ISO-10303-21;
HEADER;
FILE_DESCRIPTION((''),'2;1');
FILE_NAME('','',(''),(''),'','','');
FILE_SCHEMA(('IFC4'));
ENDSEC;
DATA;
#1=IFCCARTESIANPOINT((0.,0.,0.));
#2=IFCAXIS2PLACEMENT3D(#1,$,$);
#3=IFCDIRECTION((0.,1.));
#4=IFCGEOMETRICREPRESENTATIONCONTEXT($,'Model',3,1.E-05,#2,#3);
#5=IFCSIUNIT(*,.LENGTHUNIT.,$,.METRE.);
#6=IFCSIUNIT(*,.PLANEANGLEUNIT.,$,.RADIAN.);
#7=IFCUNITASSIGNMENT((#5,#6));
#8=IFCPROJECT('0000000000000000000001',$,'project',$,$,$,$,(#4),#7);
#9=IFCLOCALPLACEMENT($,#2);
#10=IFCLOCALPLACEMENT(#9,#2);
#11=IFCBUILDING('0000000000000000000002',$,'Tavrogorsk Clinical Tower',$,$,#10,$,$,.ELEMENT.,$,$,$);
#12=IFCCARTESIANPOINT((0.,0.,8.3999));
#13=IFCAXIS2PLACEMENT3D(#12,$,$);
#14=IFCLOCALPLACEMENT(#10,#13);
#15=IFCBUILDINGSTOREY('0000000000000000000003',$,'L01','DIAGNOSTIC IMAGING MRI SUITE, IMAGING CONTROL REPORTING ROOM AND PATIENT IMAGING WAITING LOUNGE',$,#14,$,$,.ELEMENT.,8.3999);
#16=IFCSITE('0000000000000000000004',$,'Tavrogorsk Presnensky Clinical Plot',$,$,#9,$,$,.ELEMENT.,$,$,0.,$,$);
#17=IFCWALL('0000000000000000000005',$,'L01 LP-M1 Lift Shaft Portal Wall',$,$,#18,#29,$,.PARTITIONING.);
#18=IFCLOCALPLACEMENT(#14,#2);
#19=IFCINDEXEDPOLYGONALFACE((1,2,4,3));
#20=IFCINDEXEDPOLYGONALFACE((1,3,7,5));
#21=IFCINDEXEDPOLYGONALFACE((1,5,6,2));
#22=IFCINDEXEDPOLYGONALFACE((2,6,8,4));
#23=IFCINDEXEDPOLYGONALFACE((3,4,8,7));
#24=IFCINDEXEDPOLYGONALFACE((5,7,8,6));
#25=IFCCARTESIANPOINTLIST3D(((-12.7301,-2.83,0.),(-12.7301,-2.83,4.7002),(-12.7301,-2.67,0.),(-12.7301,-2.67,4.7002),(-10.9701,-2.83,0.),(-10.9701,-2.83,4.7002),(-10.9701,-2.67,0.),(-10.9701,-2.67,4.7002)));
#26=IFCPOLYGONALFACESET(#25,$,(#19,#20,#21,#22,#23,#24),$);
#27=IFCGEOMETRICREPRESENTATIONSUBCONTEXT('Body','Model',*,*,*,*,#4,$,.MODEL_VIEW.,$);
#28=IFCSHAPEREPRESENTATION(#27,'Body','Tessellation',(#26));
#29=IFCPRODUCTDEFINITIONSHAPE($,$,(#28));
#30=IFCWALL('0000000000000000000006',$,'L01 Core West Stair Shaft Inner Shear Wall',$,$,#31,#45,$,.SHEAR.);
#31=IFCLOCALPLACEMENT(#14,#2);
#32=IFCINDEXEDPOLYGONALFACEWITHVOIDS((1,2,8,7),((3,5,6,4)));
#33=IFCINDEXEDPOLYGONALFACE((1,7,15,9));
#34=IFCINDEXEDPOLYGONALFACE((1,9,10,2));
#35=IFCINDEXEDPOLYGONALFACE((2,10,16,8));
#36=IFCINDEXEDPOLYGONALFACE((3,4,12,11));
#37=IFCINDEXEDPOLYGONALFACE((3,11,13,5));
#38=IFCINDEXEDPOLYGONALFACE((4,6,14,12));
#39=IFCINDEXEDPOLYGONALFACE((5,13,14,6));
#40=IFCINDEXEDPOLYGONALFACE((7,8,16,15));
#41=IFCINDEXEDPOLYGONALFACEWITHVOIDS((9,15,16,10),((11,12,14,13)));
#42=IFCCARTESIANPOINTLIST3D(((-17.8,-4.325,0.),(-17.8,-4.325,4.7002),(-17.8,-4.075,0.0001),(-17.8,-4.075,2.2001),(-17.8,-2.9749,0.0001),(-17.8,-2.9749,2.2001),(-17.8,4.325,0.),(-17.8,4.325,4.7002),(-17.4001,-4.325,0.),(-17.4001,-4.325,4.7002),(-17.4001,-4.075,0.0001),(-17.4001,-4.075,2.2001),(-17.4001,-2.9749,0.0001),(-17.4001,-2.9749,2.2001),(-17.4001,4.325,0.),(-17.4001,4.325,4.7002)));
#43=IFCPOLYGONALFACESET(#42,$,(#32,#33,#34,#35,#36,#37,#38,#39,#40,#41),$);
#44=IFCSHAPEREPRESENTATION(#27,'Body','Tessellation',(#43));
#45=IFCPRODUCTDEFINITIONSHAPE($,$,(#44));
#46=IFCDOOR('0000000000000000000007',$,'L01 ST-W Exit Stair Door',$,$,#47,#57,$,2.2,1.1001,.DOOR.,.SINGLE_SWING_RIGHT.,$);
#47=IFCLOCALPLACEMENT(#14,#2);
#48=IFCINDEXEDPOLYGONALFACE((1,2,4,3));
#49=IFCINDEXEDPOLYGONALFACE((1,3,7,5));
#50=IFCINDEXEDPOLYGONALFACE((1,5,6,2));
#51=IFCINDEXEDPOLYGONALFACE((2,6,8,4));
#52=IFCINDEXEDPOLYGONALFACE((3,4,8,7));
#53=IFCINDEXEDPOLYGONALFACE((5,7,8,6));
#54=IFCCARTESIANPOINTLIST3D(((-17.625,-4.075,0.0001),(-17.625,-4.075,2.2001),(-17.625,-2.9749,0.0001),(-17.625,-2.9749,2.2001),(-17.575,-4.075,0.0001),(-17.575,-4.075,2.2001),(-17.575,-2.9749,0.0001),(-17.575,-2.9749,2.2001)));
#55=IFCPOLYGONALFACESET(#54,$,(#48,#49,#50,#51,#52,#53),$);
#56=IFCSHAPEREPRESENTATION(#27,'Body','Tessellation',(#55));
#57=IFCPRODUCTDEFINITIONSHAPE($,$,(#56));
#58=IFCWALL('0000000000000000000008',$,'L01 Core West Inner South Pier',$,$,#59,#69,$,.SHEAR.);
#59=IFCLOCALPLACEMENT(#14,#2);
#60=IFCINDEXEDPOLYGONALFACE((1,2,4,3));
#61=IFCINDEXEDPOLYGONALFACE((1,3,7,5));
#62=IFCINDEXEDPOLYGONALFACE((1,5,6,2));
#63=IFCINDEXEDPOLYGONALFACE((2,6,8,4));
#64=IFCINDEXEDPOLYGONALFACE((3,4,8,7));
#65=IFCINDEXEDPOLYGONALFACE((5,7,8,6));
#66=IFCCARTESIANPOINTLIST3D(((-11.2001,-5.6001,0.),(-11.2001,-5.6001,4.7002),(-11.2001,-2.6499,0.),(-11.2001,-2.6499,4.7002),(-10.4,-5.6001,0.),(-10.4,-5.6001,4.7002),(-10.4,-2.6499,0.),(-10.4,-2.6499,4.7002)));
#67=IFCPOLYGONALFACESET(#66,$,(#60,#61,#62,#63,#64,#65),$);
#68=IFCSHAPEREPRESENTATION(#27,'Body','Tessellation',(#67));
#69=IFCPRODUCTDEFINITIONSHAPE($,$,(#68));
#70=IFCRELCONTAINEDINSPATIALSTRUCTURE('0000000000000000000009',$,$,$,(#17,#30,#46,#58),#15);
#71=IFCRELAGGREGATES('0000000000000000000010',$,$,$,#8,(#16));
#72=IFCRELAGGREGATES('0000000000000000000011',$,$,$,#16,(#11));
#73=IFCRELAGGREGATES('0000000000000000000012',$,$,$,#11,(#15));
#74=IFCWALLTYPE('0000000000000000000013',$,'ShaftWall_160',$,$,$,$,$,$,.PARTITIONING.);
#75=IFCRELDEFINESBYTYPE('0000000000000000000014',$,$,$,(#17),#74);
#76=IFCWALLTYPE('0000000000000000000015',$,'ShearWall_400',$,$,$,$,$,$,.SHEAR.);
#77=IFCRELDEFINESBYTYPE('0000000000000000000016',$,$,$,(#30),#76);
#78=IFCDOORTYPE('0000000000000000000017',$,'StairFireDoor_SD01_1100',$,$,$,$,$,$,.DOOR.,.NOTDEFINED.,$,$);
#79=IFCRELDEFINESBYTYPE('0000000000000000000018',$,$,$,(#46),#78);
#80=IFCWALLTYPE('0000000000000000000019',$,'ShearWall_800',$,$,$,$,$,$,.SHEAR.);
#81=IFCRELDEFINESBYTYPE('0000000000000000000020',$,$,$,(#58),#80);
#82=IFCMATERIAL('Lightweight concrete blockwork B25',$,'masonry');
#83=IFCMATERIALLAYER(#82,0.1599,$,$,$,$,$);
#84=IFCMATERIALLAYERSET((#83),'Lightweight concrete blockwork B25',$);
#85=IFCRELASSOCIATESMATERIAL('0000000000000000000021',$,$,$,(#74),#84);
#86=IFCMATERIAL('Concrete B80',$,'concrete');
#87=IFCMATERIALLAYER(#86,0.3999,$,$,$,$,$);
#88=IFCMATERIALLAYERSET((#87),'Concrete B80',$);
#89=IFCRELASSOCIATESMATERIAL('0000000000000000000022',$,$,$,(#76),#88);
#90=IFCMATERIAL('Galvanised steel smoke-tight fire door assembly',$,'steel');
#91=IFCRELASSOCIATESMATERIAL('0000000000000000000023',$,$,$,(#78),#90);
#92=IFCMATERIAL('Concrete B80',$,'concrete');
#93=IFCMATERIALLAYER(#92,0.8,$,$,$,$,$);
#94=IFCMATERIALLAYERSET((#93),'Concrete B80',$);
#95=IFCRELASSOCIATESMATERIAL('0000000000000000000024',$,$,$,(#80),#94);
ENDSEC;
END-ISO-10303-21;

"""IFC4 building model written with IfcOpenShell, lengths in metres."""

from ifc_helpers import new_model, si_unit, direction, frame, frame_2d, origin, place, context, subcontext, project, spatial, rectangle, extrude, material, layer, layer_set, type_object, element, fill, save


model = new_model("IFC4")

# Units and contexts
model_context = context("Model", 3, precision=1e-05, world=origin(), true_north=direction((0.0, 1.0)))
body_context = subcontext(model_context, "Body", "Model", "MODEL_VIEW")
ifc_project = project(units=[si_unit("LENGTHUNIT", "METRE"), si_unit("PLANEANGLEUNIT", "RADIAN")], contexts=[model_context])

# Site, building, storey
site_placement = place(None, origin())
site = spatial("IfcSite", under=ifc_project, at=site_placement, Name="Tavrogorsk Presnensky Clinical Plot", CompositionType="ELEMENT", RefElevation=0.0)
building_placement = place(site_placement, origin())
building = spatial("IfcBuilding", under=site, at=building_placement, Name="Tavrogorsk Clinical Tower", CompositionType="ELEMENT")
storey_placement = place(building_placement, frame((0.0, 0.0, 8.3999)))
storey = spatial("IfcBuildingStorey", under=building, at=storey_placement, Name="L01", Description="DIAGNOSTIC IMAGING MRI SUITE, IMAGING CONTROL REPORTING ROOM AND PATIENT IMAGING WAITING LOUNGE", CompositionType="ELEMENT", Elevation=8.3999)

# Shared definitions
ifc_material_1 = material(Name="Lightweight concrete blockwork B25", Category="masonry")
ifc_layer_1 = layer(ifc_material_1, 0.1599)
ifc_layer_set_1 = layer_set([ifc_layer_1], Name="Lightweight concrete blockwork B25")
wall_type_1 = type_object("IfcWallType", Name="ShaftWall_160", PredefinedType="PARTITIONING", material=ifc_layer_set_1)

# Wall
wall_1_placement = place(storey_placement, frame((-12.73, -2.75, 0.0), z_axis=(0.0, 0.0, 1.0), x_axis=(1.0, 0.0, 0.0)))
element("IfcWall", 1, at=wall_1_placement, inside=storey, type_object=wall_type_1, Name="L01 LP-M1 Lift Shaft Portal Wall", PredefinedType="PARTITIONING", context=body_context, shape_type="SweptSolid", body=[
    extrude(rectangle(XDim=1.76, YDim=0.1599, at=frame_2d((0.8799, 0.0))), origin(), (0.0, 0.0, 1.0), 4.7002),
])

# Wall, opening, door
ifc_material_2 = material(Name="Concrete B80", Category="concrete")
ifc_layer_2 = layer(ifc_material_2, 0.3999)
ifc_layer_set_2 = layer_set([ifc_layer_2], Name="Concrete B80")
wall_type_2 = type_object("IfcWallType", Name="ShearWall_400", PredefinedType="SHEAR", material=ifc_layer_set_2)
wall_2_placement = place(storey_placement, frame((-17.6001, -4.325, 0.0), z_axis=(0.0, 0.0, 1.0), x_axis=(0.0, 1.0, 0.0)))
wall_2 = element("IfcWall", 2, at=wall_2_placement, inside=storey, type_object=wall_type_2, Name="L01 Core West Stair Shaft Inner Shear Wall", PredefinedType="SHEAR", context=body_context, shape_type="SweptSolid", body=[
    extrude(rectangle(XDim=8.6499, YDim=0.3999, at=frame_2d((4.325, 0.0))), origin(), (0.0, 0.0, 1.0), 4.7002),
])
opening_1_placement = place(wall_2_placement, frame((0.25, 0.0, 0.0)))
opening_1 = element("IfcOpeningElement", 3, at=opening_1_placement, cuts=wall_2, PredefinedType="OPENING", context=body_context, shape_type="SweptSolid", body=[
    extrude(rectangle(XDim=1.1001, YDim=2.2, at=frame_2d((0.55, 1.1001))), frame((0.0, 0.21, 0.0), z_axis=(0.0, -1.0, 0.0), x_axis=(1.0, 0.0, 0.0)), (0.0, 0.0, 1.0), 0.4199),
])
ifc_material_3 = material(Name="Galvanised steel smoke-tight fire door assembly", Category="steel")
door_type_1 = type_object("IfcDoorType", Name="StairFireDoor_SD01_1100", OperationType="NOTDEFINED", PredefinedType="DOOR", material=ifc_material_3)
door_1_placement = place(opening_1_placement, origin())
door_1 = element("IfcDoor", 4, at=door_1_placement, inside=storey, type_object=door_type_1, Name="L01 ST-W Exit Stair Door", OperationType="SINGLE_SWING_RIGHT", OverallHeight=2.2, OverallWidth=1.1001, PredefinedType="DOOR", context=body_context, shape_type="SweptSolid", body=[
    extrude(rectangle(XDim=1.1001, YDim=2.2, at=frame_2d((0.55, 1.1001))), frame((0.0, 0.0249, 0.0), z_axis=(0.0, -1.0, 0.0), x_axis=(1.0, 0.0, 0.0)), (0.0, 0.0, 1.0), 0.05),
])
fill(opening_1, door_1)

# Wall
ifc_material_4 = material(Name="Concrete B80", Category="concrete")
ifc_layer_3 = layer(ifc_material_4, 0.8)
ifc_layer_set_3 = layer_set([ifc_layer_3], Name="Concrete B80")
wall_type_3 = type_object("IfcWallType", Name="ShearWall_800", PredefinedType="SHEAR", material=ifc_layer_set_3)
wall_3_placement = place(storey_placement, frame((-10.8, -5.6001, 0.0), z_axis=(0.0, 0.0, 1.0), x_axis=(0.0, 1.0, 0.0)))
element("IfcWall", 5, at=wall_3_placement, inside=storey, type_object=wall_type_3, Name="L01 Core West Inner South Pier", PredefinedType="SHEAR", context=body_context, shape_type="SweptSolid", body=[
    extrude(rectangle(XDim=2.9502, YDim=0.8, at=frame_2d((1.4751, 0.0))), origin(), (0.0, 0.0, 1.0), 4.7002),
])

save(model, "model.ifc")
